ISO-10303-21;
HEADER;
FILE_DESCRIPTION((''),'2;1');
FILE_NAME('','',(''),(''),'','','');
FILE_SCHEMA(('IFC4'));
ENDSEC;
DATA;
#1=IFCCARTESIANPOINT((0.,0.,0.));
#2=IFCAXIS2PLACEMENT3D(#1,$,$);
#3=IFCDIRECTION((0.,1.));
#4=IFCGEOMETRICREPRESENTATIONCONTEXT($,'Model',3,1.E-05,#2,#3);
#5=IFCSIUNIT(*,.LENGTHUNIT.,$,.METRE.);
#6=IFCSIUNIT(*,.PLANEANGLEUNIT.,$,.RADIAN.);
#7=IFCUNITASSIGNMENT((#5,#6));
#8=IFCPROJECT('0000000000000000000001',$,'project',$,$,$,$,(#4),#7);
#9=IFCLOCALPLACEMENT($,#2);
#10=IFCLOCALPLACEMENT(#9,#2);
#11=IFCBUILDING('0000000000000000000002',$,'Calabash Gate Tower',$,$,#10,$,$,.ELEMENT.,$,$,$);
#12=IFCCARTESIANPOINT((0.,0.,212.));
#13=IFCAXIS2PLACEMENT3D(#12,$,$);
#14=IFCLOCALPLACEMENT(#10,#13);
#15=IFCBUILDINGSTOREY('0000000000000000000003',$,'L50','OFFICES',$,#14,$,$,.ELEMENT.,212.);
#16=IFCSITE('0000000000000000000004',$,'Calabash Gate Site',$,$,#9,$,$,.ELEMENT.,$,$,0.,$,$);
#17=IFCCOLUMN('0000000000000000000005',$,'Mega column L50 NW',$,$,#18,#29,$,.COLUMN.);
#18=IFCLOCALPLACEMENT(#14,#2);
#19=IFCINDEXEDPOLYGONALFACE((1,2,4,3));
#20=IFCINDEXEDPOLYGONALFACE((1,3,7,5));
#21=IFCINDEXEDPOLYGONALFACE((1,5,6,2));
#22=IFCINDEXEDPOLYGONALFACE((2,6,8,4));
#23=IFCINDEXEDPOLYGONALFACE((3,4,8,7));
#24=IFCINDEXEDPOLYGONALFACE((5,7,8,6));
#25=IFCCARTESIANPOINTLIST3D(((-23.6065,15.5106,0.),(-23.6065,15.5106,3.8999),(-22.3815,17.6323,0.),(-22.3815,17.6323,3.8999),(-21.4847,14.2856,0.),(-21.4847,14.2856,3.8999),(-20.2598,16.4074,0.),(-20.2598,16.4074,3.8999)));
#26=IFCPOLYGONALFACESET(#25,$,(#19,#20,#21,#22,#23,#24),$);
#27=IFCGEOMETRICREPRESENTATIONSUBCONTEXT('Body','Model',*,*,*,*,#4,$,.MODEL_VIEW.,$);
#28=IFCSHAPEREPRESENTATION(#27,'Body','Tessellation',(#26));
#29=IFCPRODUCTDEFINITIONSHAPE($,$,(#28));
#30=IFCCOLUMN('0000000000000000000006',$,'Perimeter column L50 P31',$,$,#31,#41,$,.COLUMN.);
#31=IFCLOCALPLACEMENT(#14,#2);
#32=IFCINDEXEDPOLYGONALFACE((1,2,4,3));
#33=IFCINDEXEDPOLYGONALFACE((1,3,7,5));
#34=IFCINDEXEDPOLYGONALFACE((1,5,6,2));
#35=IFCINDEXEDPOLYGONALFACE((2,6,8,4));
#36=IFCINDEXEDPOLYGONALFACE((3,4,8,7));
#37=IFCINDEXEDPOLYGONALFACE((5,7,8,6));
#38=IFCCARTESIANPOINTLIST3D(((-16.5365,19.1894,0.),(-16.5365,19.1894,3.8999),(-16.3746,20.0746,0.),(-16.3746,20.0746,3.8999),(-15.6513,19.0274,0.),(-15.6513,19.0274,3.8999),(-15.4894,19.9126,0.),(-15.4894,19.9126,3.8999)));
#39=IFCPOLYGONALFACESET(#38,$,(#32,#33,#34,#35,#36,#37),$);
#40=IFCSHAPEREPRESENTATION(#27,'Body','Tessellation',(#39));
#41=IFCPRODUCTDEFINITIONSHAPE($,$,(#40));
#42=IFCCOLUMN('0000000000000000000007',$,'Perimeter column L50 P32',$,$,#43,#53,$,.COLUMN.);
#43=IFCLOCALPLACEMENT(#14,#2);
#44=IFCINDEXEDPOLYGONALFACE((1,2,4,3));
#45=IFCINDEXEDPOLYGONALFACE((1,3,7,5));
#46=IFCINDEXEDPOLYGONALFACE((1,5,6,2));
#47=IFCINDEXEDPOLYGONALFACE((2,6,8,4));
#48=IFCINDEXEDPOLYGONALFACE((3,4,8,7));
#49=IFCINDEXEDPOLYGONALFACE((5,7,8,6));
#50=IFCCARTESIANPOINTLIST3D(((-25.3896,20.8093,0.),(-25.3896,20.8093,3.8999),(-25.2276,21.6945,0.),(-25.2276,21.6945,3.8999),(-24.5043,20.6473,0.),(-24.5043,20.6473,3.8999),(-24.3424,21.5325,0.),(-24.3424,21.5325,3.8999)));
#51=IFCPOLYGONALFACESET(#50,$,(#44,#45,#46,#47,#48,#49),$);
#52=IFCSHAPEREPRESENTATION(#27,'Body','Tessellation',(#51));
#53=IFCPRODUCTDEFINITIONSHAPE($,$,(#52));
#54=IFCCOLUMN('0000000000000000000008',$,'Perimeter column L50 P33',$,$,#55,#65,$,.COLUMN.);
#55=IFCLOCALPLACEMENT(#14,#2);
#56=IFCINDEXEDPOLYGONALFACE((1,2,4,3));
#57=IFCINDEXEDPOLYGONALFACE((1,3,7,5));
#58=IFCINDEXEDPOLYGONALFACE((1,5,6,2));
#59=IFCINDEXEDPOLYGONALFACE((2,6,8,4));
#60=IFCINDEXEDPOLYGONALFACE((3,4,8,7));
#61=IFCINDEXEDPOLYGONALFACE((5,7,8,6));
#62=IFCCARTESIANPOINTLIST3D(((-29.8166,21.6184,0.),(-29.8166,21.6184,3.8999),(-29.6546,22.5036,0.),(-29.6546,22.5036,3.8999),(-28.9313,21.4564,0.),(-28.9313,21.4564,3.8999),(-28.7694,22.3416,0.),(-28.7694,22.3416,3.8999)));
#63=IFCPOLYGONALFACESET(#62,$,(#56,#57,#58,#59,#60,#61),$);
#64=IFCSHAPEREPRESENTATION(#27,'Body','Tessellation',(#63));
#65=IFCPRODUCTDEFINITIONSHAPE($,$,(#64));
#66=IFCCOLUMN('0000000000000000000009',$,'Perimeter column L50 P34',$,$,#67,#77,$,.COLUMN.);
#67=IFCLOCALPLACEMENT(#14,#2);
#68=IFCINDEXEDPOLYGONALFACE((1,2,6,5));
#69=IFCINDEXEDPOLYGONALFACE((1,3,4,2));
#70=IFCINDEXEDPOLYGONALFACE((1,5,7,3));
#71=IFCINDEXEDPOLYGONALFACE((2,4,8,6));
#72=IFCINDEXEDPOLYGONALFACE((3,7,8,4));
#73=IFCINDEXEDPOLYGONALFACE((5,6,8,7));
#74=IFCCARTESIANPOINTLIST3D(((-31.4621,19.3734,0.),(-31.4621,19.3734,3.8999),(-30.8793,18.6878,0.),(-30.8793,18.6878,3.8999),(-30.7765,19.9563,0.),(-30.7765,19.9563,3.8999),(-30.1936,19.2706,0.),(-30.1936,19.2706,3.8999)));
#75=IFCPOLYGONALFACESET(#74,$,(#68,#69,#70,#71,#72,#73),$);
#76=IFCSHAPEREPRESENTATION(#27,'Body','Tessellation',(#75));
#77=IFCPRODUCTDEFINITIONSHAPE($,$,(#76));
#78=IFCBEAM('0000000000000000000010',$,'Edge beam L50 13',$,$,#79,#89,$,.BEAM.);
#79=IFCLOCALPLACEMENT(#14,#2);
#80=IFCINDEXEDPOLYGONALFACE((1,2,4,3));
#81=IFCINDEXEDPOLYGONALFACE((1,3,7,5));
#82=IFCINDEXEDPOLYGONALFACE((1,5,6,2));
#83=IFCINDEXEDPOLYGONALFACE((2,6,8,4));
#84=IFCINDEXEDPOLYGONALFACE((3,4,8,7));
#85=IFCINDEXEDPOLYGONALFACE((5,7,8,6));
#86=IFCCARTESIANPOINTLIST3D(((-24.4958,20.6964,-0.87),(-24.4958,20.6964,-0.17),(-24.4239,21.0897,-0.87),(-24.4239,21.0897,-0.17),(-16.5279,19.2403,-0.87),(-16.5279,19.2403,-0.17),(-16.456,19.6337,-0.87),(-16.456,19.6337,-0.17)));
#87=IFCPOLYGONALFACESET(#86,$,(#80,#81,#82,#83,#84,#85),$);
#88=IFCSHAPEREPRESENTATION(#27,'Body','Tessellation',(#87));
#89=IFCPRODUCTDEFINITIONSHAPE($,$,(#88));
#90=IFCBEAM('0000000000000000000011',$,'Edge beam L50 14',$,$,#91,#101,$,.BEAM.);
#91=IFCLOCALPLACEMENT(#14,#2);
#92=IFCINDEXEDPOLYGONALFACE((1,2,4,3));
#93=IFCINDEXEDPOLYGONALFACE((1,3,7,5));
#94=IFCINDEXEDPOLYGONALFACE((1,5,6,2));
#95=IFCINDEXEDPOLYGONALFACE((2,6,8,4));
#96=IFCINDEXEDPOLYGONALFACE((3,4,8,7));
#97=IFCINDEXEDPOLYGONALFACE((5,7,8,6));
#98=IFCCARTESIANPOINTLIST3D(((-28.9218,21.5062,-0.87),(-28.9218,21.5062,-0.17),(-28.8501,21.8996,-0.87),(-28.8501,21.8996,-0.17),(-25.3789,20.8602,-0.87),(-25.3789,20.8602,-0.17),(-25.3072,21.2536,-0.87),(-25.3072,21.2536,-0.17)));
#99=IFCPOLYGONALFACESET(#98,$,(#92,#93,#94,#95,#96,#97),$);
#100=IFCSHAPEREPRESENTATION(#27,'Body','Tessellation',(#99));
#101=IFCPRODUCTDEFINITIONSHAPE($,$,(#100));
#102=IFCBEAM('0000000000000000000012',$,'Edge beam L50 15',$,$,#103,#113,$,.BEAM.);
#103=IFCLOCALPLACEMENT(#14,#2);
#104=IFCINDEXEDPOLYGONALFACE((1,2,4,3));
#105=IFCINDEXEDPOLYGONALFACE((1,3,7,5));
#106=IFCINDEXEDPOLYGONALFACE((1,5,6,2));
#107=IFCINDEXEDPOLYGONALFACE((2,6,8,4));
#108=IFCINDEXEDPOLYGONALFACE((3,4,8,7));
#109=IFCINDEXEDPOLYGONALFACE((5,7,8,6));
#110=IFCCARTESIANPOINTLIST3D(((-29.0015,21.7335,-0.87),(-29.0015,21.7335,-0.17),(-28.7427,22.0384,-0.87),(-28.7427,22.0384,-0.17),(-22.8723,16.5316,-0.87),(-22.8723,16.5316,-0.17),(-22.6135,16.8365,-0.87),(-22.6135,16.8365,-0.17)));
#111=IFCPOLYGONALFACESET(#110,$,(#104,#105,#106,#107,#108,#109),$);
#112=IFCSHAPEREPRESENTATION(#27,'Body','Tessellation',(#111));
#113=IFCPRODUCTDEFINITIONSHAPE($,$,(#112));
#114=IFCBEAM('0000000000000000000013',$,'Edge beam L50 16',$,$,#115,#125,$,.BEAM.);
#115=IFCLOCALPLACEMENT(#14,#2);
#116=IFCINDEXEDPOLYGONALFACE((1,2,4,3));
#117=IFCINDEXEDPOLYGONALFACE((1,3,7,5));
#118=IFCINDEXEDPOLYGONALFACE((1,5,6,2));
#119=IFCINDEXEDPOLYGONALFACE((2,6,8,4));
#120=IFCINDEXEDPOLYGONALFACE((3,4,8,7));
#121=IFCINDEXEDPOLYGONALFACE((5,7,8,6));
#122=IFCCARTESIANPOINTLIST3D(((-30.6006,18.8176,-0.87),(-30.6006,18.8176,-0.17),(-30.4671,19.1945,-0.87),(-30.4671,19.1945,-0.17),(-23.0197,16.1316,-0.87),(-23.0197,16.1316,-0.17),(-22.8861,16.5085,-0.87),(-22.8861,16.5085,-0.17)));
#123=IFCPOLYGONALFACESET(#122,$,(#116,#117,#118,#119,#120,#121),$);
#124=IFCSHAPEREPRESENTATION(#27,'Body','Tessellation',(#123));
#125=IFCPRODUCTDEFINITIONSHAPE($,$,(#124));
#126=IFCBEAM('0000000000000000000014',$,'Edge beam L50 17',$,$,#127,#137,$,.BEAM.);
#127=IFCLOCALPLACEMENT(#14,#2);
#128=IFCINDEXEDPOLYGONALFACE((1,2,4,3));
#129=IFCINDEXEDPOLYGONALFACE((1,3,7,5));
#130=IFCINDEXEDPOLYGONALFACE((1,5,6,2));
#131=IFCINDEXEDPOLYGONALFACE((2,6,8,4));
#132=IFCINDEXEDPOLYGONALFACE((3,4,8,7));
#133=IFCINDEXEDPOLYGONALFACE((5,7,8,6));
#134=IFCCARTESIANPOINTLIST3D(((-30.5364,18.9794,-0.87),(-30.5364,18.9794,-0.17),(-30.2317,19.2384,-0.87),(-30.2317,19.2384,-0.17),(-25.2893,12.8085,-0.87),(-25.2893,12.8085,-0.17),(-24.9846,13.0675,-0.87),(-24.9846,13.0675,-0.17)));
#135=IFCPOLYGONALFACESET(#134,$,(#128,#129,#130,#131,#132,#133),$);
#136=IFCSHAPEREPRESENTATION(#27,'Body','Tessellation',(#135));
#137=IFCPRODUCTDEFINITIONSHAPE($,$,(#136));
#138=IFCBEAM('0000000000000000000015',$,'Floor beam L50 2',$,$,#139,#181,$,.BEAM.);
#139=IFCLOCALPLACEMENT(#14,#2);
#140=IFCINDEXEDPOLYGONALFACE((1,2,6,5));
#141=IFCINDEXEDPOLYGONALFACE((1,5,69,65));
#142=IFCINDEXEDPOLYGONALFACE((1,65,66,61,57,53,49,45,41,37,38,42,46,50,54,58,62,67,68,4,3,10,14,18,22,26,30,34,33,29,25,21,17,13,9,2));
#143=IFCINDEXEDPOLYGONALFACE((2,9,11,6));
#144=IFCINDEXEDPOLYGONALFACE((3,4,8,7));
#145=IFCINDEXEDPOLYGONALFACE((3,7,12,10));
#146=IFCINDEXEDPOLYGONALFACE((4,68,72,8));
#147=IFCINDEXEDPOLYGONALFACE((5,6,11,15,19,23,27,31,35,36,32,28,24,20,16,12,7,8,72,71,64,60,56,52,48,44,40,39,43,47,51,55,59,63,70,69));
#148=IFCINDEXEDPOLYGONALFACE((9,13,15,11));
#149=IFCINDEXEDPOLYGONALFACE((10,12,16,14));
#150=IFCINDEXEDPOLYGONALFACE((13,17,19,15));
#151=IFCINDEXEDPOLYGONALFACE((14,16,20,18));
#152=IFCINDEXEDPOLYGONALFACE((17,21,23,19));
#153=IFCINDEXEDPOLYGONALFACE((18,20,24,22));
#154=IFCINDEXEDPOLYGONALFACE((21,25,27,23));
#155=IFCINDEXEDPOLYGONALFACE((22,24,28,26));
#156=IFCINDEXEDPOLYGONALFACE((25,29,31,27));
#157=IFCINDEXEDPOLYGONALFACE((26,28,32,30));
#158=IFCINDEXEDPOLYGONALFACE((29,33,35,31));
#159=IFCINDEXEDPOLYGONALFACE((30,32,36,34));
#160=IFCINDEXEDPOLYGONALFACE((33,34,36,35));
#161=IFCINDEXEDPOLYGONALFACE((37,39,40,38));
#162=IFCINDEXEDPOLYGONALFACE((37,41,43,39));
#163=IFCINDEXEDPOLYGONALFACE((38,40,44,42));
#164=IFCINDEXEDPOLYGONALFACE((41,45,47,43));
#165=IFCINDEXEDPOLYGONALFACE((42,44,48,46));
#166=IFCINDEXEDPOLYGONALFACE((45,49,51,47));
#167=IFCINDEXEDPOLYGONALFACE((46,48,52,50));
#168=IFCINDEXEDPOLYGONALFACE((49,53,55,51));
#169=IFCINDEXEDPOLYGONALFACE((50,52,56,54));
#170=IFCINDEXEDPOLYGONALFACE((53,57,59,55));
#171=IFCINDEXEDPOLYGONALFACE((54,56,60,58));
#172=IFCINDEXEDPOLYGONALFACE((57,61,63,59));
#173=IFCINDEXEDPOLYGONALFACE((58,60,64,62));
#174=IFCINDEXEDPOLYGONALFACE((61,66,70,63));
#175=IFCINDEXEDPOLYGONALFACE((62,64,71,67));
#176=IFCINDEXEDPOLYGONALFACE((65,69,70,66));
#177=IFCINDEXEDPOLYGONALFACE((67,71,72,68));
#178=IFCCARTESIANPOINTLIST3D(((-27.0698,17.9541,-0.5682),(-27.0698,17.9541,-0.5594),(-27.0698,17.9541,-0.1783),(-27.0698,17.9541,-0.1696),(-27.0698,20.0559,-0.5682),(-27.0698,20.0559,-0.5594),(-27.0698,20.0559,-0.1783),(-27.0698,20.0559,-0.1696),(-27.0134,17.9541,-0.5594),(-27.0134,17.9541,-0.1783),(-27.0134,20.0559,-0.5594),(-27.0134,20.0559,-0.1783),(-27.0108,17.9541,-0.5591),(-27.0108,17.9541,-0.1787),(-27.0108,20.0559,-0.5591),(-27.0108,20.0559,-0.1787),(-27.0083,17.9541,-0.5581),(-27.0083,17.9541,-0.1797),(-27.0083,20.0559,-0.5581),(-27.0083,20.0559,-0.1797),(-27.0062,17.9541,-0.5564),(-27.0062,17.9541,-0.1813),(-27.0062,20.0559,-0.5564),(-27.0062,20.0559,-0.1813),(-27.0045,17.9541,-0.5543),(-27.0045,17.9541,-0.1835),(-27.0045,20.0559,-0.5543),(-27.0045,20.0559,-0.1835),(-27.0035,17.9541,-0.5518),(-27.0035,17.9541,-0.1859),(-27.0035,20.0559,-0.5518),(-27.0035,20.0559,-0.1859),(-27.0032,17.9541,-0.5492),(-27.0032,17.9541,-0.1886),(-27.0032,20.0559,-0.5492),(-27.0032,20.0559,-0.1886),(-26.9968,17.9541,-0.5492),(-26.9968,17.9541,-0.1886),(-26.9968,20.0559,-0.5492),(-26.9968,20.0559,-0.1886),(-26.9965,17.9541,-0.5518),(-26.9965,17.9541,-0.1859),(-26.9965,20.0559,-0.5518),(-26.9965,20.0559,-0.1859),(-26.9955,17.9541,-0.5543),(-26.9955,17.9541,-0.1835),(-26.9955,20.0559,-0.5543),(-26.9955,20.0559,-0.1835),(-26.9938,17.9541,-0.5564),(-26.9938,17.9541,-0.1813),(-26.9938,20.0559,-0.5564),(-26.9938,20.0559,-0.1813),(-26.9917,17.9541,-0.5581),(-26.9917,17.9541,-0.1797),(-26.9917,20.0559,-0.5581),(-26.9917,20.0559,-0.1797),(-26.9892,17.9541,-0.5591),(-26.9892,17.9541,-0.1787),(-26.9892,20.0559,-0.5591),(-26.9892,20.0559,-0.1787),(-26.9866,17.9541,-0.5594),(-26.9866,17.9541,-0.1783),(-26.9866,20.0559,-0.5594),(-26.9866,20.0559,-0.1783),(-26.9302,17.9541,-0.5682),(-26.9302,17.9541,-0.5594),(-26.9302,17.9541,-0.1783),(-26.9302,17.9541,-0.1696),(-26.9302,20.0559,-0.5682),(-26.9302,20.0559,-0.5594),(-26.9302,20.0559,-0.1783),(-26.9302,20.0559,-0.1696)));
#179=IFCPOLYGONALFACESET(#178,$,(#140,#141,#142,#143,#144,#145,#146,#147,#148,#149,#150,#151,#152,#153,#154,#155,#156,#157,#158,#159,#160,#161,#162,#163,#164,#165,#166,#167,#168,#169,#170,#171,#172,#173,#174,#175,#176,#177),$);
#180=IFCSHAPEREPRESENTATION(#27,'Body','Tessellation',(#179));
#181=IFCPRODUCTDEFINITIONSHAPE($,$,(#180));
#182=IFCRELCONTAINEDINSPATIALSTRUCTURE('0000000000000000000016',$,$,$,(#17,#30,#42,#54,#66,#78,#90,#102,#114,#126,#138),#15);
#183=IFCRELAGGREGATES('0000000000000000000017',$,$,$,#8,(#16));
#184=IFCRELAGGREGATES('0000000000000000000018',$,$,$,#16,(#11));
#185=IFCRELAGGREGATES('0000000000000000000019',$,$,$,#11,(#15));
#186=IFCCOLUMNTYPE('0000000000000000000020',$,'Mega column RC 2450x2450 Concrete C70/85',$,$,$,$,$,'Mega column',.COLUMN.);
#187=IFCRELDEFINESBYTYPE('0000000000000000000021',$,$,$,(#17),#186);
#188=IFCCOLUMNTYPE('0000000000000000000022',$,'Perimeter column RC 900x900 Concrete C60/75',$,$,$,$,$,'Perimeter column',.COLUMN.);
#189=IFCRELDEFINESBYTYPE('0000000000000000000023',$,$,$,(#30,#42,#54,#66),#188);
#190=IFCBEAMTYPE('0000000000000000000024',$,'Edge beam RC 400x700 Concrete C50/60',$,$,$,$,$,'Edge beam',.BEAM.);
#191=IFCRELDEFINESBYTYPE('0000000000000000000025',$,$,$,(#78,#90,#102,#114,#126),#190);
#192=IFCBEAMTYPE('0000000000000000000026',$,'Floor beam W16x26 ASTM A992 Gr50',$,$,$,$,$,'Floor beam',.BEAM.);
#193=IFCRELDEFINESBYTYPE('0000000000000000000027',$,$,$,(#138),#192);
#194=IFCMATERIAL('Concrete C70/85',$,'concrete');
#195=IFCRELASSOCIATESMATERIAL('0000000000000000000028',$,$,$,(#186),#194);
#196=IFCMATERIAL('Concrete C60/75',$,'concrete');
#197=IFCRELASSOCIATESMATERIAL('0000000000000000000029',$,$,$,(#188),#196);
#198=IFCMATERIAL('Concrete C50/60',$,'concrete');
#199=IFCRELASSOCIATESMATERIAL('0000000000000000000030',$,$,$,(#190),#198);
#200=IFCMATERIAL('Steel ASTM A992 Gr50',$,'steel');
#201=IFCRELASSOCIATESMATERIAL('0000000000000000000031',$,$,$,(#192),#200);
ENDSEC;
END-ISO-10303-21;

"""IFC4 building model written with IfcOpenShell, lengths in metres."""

from ifc_helpers import new_model, si_unit, direction, frame, origin, origin_2d, place, context, subcontext, project, spatial, rectangle, i_section, extrude, material, material_profile, profile_set, type_object, element, save


model = new_model("IFC4")

# Units and contexts
model_context = context("Model", 3, precision=1e-05, world=origin(), true_north=direction((0.0, 1.0)))
body_context = subcontext(model_context, "Body", "Model", "MODEL_VIEW")
ifc_project = project(units=[si_unit("LENGTHUNIT", "METRE"), si_unit("PLANEANGLEUNIT", "RADIAN")], contexts=[model_context])

# Site, building, storey
site_placement = place(None, origin())
site = spatial("IfcSite", under=ifc_project, at=site_placement, Name="Calabash Gate Site", CompositionType="ELEMENT", RefElevation=0.0)
building_placement = place(site_placement, origin())
building = spatial("IfcBuilding", under=site, at=building_placement, Name="Calabash Gate Tower", CompositionType="ELEMENT")
storey_placement = place(building_placement, frame((0.0, 0.0, 212.0)))
storey = spatial("IfcBuildingStorey", under=building, at=storey_placement, Name="L50", Description="OFFICES", CompositionType="ELEMENT", Elevation=212.0)

# Columns
ifc_material_1 = material(Name="Concrete C70/85", Category="concrete")
ifc_material_profile_1 = material_profile(ifc_material_1, rectangle(XDim=2.45, YDim=2.45, at=origin_2d()))
ifc_profile_set_1 = profile_set([ifc_material_profile_1], Name="Concrete C70/85")
column_type_1 = type_object("IfcColumnType", Name="Mega column RC 2450x2450 Concrete C70/85", ElementType="Mega column", PredefinedType="COLUMN", material=ifc_profile_set_1)
column_placement = place(storey_placement, frame((-21.9331, 15.959, 0.0), z_axis=(0.0, 0.0, 1.0), x_axis=(0.866025, -0.5, 0.0)))
element("IfcColumn", 1, at=column_placement, inside=storey, type_object=column_type_1, Name="Mega column L50 NW", PredefinedType="COLUMN", context=body_context, shape_type="SweptSolid", body=[
    extrude(rectangle(XDim=2.45, YDim=2.45, at=origin_2d()), origin(), (0.0, 0.0, 1.0), 3.8999),
])
ifc_material_2 = material(Name="Concrete C60/75", Category="concrete")
ifc_material_profile_2 = material_profile(ifc_material_2, rectangle(XDim=0.8999, YDim=0.8999, at=origin_2d()))
ifc_profile_set_2 = profile_set([ifc_material_profile_2], Name="Concrete C60/75")
column_type_2 = type_object("IfcColumnType", Name="Perimeter column RC 900x900 Concrete C60/75", ElementType="Perimeter column", PredefinedType="COLUMN", material=ifc_profile_set_2)
for number, where, z_axis, x_axis, name in (
    (2, (-16.0129, 19.551, 0.0), (0.0, 0.0, 1.0), (-0.98367, 0.179982, 0.0), "Perimeter column L50 P31"),
    (3, (-24.866, 21.1709, 0.0), (0.0, 0.0, 1.0), (-0.98367, 0.179982, 0.0), "Perimeter column L50 P32"),
    (4, (-29.293, 21.98, 0.0), (0.0, 0.0, 1.0), (-0.98367, 0.179982, 0.0), "Perimeter column L50 P33"),
    (5, (-30.8279, 19.322, 0.0), (0.0, 0.0, 1.0), (0.647704, -0.761892, 0.0), "Perimeter column L50 P34"),
):
    element("IfcColumn", number, at=place(storey_placement, frame(where, z_axis=z_axis, x_axis=x_axis)), inside=storey, type_object=column_type_2, Name=name, PredefinedType="COLUMN", context=body_context, shape_type="SweptSolid", body=[
        extrude(rectangle(XDim=0.8999, YDim=0.8999, at=origin_2d()), origin(), (0.0, 0.0, 1.0), 3.8999),
    ])

# Beams
ifc_material_3 = material(Name="Concrete C50/60", Category="concrete")
ifc_material_profile_3 = material_profile(ifc_material_3, rectangle(XDim=0.3999, YDim=0.7, at=origin_2d()))
ifc_profile_set_3 = profile_set([ifc_material_profile_3], Name="Concrete C50/60")
beam_type_1 = type_object("IfcBeamType", Name="Edge beam RC 400x700 Concrete C50/60", ElementType="Edge beam", PredefinedType="BEAM", material=ifc_profile_set_3)
beam_1_placement = place(storey_placement, frame((-16.4919, 19.437, -0.52), z_axis=(-0.98371, 0.179761, 0.0), x_axis=(-0.179761, -0.98371, 0.0)))
element("IfcBeam", 6, at=beam_1_placement, inside=storey, type_object=beam_type_1, Name="Edge beam L50 13", PredefinedType="BEAM", context=body_context, shape_type="SweptSolid", body=[
    extrude(rectangle(XDim=0.3999, YDim=0.7, at=origin_2d()), origin(), (0.0, 0.0, 1.0), 8.0999),
])
beam_2_placement = place(storey_placement, frame((-25.343, 21.0569, -0.52), z_axis=(-0.983781, 0.179375, 0.0), x_axis=(-0.179375, -0.983781, 0.0)))
element("IfcBeam", 7, at=beam_2_placement, inside=storey, type_object=beam_type_1, Name="Edge beam L50 14", PredefinedType="BEAM", context=body_context, shape_type="SweptSolid", body=[
    extrude(rectangle(XDim=0.3999, YDim=0.7, at=origin_2d()), origin(), (0.0, 0.0, 1.0), 3.6013),
])
beam_3_placement = place(storey_placement, frame((-28.8721, 21.886, -0.52), z_axis=(0.762422, -0.64708, 0.0), x_axis=(0.64708, 0.762422, 0.0)))
element("IfcBeam", 8, at=beam_3_placement, inside=storey, type_object=beam_type_1, Name="Edge beam L50 15", PredefinedType="BEAM", context=body_context, shape_type="SweptSolid", body=[
    extrude(rectangle(XDim=0.3999, YDim=0.7, at=origin_2d()), origin(), (0.0, 0.0, 1.0), 8.0391),
])
beam_4_placement = place(storey_placement, frame((-22.9529, 16.3201, -0.52), z_axis=(-0.942585, 0.333966, 0.0), x_axis=(-0.333966, -0.942585, 0.0)))
element("IfcBeam", 9, at=beam_4_placement, inside=storey, type_object=beam_type_1, Name="Edge beam L50 16", PredefinedType="BEAM", context=body_context, shape_type="SweptSolid", body=[
    extrude(rectangle(XDim=0.3999, YDim=0.7, at=origin_2d()), origin(), (0.0, 0.0, 1.0), 8.0427),
])
beam_5_placement = place(storey_placement, frame((-30.384, 19.1089, -0.52), z_axis=(0.647778, -0.761829, 0.0), x_axis=(0.761829, 0.647778, 0.0)))
element("IfcBeam", 10, at=beam_5_placement, inside=storey, type_object=beam_type_1, Name="Edge beam L50 17", PredefinedType="BEAM", context=body_context, shape_type="SweptSolid", body=[
    extrude(rectangle(XDim=0.3999, YDim=0.7, at=origin_2d()), origin(), (0.0, 0.0, 1.0), 8.1001),
])
ifc_material_4 = material(Name="Steel ASTM A992 Gr50", Category="steel")
ifc_material_profile_4 = material_profile(ifc_material_4, i_section(OverallWidth=0.1396, OverallDepth=0.3987, WebThickness=0.0063, FlangeThickness=0.0088, FilletRadius=0.0103, at=origin_2d()))
ifc_profile_set_4 = profile_set([ifc_material_profile_4], Name="Steel ASTM A992 Gr50")
beam_type_2 = type_object("IfcBeamType", Name="Floor beam W16x26 ASTM A992 Gr50", ElementType="Floor beam", PredefinedType="BEAM", material=ifc_profile_set_4)
beam_6_placement = place(storey_placement, frame((-27.0, 17.9541, -0.3689), z_axis=(0.0, 1.0, 0.0), x_axis=(-1.0, 0.0, 0.0)))
element("IfcBeam", 11, at=beam_6_placement, inside=storey, type_object=beam_type_2, Name="Floor beam L50 2", PredefinedType="BEAM", context=body_context, shape_type="SweptSolid", body=[
    extrude(i_section(OverallWidth=0.1396, OverallDepth=0.3987, WebThickness=0.0063, FlangeThickness=0.0088, FilletRadius=0.0103, at=origin_2d()), origin(), (0.0, 0.0, 1.0), 2.1018),
])

save(model, "model.ifc")
